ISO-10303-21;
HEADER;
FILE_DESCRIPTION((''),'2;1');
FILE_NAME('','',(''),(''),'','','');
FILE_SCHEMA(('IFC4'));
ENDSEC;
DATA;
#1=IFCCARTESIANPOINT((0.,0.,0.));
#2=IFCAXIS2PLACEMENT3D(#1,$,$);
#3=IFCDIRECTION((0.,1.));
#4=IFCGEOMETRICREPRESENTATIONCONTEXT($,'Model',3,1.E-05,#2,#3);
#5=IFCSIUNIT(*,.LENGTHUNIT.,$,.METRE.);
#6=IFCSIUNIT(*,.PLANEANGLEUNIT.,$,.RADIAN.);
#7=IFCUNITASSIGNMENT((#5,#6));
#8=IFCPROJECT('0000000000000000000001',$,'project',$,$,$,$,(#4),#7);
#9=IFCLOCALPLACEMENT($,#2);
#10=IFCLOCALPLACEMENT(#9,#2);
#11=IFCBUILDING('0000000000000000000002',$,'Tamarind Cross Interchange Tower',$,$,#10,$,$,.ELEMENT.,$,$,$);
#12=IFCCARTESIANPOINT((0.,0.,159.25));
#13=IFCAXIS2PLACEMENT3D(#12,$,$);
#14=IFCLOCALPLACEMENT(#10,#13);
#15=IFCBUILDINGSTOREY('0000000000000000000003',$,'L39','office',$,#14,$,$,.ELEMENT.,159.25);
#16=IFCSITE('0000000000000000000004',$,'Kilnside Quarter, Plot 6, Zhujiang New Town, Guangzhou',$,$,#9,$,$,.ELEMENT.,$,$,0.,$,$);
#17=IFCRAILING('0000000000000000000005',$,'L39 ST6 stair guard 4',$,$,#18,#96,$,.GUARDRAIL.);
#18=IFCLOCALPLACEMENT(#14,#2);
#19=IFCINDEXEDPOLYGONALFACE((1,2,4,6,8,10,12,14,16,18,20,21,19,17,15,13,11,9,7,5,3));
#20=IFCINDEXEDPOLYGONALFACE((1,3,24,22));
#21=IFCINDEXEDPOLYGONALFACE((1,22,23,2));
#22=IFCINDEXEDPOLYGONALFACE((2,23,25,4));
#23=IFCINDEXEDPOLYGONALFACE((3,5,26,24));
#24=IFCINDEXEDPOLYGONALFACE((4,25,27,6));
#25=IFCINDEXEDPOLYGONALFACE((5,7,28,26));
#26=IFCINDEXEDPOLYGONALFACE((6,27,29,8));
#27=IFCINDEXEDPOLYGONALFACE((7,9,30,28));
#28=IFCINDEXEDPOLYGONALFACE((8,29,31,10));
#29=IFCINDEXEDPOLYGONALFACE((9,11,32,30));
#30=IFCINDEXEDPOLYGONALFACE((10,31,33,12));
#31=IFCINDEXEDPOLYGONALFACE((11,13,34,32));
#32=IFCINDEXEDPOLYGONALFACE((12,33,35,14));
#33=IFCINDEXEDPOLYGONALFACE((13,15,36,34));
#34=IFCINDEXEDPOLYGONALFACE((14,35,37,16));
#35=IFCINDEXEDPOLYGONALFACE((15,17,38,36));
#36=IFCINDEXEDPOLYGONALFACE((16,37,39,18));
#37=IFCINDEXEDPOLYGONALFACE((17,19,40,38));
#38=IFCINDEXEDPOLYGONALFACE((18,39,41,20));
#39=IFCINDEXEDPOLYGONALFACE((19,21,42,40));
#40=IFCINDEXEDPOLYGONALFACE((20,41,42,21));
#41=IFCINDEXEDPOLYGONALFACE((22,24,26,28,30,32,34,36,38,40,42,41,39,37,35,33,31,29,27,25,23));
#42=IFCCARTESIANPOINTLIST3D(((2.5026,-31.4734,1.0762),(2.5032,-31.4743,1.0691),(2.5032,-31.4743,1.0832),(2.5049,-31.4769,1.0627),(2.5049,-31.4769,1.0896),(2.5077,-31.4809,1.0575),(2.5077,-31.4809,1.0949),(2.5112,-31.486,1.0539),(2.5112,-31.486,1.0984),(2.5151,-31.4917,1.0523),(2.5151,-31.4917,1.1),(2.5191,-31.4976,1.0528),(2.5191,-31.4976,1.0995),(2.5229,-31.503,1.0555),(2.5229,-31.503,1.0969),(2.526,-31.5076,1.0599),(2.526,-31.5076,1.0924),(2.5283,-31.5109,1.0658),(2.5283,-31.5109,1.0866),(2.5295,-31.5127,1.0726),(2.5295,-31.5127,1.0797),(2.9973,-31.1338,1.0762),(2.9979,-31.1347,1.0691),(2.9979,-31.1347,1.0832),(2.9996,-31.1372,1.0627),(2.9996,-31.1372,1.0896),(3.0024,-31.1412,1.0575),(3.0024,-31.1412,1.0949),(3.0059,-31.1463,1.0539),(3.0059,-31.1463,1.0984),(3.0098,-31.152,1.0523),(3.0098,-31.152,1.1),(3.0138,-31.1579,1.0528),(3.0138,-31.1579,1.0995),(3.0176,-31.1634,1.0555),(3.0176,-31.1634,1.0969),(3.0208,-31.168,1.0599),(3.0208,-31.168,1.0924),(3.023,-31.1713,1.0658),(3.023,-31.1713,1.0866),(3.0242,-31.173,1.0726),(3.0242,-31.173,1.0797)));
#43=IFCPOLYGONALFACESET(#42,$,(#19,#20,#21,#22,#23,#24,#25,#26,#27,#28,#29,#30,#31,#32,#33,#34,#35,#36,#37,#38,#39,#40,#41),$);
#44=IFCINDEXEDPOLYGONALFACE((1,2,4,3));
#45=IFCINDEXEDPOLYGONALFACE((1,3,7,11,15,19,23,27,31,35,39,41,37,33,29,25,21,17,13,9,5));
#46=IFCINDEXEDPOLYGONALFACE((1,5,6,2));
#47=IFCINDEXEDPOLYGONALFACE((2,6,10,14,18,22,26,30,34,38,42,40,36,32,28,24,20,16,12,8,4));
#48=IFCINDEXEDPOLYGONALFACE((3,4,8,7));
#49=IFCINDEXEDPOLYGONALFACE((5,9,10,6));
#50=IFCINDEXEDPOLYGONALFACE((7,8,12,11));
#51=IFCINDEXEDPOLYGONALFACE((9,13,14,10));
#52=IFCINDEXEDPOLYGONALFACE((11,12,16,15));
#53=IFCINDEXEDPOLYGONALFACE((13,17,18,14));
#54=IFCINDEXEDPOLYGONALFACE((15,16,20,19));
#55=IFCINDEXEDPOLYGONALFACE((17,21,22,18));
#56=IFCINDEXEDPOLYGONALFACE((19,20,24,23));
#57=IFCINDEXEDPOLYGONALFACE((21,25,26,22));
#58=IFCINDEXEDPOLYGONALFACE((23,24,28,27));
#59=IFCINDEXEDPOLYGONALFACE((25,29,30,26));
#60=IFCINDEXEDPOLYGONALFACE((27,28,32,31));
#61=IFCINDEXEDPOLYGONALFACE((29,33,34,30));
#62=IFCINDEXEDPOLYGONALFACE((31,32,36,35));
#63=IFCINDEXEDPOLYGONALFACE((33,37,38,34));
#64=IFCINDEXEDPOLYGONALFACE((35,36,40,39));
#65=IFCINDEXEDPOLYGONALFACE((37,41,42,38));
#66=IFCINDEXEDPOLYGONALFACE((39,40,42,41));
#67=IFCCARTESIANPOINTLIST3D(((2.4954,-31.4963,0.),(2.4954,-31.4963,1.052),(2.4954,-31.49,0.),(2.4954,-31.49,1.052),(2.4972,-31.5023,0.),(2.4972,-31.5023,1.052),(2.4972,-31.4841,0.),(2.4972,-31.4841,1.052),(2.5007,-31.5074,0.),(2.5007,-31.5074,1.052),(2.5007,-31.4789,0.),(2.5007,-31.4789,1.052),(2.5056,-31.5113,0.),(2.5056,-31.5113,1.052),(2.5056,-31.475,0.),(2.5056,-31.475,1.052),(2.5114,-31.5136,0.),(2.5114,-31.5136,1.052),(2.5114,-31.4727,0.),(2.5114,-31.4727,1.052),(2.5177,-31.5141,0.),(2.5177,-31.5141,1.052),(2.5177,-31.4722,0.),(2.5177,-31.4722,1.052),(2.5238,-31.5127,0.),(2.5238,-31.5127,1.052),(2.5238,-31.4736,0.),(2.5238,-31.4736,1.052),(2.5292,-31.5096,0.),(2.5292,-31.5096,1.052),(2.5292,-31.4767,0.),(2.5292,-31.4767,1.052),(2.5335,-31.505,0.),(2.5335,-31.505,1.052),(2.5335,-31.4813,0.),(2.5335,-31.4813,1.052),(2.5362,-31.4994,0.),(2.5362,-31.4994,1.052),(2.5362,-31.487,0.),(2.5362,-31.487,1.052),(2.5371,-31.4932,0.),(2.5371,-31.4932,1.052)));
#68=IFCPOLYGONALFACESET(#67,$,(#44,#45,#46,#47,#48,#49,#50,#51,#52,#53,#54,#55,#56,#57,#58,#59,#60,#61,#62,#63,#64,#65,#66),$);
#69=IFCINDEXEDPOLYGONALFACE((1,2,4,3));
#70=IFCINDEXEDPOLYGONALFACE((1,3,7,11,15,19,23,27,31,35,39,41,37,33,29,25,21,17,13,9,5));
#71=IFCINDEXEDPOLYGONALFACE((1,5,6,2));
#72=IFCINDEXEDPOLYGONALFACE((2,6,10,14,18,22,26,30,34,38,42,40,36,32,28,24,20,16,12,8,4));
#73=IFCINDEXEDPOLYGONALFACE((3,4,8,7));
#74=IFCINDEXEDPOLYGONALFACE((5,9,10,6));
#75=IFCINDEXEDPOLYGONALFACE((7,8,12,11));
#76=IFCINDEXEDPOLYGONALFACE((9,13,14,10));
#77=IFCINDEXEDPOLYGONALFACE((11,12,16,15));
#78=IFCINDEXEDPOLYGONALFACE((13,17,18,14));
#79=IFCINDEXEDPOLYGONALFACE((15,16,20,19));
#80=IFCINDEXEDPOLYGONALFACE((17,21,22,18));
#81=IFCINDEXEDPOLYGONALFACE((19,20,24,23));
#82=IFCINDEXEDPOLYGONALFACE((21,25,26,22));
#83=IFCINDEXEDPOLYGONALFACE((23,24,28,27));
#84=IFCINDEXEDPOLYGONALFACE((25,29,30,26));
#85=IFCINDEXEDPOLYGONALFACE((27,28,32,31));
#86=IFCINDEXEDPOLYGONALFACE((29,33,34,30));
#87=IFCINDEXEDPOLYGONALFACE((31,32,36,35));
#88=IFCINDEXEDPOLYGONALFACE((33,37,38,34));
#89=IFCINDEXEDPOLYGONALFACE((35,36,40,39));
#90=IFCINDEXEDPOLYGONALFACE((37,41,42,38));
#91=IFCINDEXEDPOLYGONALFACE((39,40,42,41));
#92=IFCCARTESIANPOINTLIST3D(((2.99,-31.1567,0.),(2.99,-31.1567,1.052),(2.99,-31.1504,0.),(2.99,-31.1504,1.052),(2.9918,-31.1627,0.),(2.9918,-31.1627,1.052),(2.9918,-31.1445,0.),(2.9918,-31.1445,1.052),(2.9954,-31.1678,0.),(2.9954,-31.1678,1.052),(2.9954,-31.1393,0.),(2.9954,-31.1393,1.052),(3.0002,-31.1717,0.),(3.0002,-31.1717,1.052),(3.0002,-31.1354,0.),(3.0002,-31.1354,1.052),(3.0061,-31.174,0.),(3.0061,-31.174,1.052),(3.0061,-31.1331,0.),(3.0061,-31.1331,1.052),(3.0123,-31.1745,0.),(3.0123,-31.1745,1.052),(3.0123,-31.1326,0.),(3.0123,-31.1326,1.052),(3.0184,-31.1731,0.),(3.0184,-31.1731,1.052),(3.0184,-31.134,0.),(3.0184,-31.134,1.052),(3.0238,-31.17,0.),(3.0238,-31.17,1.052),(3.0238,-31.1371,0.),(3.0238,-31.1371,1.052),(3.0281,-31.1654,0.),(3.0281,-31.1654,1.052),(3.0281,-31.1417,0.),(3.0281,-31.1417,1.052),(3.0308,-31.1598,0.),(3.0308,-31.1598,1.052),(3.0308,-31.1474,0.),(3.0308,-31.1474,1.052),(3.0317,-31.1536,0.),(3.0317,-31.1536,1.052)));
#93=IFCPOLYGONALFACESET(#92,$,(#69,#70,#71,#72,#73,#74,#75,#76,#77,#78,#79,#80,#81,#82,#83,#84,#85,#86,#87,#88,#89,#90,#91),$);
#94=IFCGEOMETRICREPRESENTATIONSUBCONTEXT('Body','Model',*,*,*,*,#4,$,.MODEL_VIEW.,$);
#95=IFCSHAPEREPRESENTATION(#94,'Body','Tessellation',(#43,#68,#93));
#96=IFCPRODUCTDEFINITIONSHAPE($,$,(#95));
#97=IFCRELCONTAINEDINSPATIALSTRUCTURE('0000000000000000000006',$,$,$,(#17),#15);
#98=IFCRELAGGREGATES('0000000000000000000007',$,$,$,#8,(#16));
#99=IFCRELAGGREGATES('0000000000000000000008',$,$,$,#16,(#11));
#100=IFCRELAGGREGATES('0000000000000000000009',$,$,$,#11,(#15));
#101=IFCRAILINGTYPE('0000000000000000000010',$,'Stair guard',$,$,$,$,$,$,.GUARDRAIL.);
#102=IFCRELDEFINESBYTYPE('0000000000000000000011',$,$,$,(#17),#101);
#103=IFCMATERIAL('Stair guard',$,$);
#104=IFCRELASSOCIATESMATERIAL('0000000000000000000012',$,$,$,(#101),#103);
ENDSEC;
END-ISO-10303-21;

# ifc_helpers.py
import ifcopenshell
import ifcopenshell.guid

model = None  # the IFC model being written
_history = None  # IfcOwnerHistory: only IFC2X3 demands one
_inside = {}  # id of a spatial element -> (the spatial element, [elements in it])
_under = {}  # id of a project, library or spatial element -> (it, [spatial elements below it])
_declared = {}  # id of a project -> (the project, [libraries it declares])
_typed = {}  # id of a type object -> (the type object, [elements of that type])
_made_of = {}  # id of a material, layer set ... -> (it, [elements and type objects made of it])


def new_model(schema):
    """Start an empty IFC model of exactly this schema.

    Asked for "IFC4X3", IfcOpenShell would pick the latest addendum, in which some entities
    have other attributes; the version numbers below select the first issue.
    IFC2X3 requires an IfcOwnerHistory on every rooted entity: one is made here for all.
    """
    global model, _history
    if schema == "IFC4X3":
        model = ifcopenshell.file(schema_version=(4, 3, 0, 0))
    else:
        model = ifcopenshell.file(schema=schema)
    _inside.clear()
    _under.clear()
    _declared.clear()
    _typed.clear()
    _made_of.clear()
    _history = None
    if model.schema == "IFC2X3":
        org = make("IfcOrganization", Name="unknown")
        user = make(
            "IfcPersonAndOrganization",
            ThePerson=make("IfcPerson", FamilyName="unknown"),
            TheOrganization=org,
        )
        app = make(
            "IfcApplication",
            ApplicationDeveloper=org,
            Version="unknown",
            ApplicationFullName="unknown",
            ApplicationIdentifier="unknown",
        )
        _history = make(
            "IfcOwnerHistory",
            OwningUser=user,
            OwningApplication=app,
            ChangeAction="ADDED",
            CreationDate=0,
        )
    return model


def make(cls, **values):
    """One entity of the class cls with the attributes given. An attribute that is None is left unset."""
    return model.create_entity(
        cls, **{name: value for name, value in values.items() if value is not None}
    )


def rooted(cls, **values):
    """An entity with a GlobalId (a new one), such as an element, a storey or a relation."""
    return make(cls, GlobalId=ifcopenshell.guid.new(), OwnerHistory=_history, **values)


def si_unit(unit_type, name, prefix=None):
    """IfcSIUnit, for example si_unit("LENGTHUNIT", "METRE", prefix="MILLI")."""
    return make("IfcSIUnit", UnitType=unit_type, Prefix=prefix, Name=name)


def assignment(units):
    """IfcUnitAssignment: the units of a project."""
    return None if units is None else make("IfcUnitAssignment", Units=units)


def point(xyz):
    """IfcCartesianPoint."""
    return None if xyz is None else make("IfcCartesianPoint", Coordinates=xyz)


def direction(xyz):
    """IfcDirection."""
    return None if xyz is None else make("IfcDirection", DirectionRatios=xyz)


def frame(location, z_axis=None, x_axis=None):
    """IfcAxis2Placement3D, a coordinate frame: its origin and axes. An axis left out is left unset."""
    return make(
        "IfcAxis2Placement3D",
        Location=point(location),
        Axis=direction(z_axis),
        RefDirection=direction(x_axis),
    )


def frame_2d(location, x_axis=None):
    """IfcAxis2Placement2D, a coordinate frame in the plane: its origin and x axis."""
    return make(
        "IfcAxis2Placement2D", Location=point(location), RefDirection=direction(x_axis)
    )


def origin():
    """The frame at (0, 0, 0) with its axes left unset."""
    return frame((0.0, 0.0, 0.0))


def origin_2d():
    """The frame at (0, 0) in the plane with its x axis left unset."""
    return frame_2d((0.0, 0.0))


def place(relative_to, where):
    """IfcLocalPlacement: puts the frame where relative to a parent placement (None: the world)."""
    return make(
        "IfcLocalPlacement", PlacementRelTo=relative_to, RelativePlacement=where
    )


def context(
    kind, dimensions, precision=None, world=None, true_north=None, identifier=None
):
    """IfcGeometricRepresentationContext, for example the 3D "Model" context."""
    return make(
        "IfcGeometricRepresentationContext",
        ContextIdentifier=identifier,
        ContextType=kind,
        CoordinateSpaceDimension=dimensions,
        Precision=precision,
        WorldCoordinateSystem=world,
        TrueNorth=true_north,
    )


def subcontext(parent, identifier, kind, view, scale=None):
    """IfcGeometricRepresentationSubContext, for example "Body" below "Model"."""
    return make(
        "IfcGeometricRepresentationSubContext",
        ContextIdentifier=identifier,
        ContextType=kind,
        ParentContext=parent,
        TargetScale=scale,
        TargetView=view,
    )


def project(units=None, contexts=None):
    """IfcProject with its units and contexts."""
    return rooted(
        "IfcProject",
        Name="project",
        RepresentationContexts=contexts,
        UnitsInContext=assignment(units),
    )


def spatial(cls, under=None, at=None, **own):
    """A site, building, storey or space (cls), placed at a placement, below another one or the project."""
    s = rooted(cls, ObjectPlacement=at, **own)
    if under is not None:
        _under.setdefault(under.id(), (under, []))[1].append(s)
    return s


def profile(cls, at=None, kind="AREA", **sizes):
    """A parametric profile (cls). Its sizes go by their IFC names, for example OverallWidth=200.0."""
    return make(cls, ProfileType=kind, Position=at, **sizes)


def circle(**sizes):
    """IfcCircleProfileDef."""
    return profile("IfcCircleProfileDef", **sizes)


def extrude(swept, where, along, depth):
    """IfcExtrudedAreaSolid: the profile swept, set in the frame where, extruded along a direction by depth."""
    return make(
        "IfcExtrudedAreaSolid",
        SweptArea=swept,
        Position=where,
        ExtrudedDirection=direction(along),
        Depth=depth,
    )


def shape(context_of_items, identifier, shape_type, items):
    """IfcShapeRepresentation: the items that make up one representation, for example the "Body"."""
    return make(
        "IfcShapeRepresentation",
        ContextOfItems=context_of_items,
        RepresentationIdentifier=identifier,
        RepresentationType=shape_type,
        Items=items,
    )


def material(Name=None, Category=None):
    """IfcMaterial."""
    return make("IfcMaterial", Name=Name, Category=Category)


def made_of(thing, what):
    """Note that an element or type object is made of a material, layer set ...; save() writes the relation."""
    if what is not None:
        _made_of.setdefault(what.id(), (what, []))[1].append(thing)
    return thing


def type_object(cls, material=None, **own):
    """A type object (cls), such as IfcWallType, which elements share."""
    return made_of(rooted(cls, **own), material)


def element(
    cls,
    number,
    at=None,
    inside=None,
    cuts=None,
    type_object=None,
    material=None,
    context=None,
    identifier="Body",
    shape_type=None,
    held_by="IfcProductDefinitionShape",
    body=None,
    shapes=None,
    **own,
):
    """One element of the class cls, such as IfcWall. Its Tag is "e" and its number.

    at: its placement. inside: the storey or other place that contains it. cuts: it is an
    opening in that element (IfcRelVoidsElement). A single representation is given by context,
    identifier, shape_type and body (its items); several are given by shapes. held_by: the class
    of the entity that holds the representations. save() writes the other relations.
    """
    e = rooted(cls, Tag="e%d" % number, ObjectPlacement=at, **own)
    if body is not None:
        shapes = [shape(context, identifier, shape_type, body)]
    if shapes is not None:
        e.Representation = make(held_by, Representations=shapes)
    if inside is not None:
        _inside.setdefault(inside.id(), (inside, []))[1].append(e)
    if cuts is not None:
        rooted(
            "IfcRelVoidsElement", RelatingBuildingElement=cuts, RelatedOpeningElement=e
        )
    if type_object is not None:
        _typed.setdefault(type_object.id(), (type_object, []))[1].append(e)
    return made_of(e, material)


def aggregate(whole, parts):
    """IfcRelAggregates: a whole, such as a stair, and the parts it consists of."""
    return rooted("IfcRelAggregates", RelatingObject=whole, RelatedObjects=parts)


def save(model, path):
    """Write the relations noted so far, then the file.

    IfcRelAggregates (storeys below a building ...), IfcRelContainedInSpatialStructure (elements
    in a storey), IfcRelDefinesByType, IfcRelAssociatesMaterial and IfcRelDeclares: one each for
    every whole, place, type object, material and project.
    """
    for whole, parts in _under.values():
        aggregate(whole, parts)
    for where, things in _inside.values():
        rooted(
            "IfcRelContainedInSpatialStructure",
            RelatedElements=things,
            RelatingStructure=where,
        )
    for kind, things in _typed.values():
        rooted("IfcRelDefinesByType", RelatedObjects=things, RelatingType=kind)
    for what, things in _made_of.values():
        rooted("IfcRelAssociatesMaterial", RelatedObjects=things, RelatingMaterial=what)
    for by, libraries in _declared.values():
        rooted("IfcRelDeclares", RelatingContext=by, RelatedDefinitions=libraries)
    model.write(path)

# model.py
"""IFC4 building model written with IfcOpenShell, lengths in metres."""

from ifc_helpers import new_model, si_unit, direction, frame, origin, origin_2d, place, context, subcontext, project, spatial, circle, extrude, material, type_object, element, save


model = new_model("IFC4")

# Units and contexts
model_context = context("Model", 3, precision=1e-05, world=origin(), true_north=direction((0.0, 1.0)))
body_context = subcontext(model_context, "Body", "Model", "MODEL_VIEW")
ifc_project = project(units=[si_unit("LENGTHUNIT", "METRE"), si_unit("PLANEANGLEUNIT", "RADIAN")], contexts=[model_context])

# Site, building, storey
site_placement = place(None, origin())
site = spatial("IfcSite", under=ifc_project, at=site_placement, Name="Kilnside Quarter, Plot 6, Zhujiang New Town, Guangzhou", CompositionType="ELEMENT", RefElevation=0.0)
building_placement = place(site_placement, origin())
building = spatial("IfcBuilding", under=site, at=building_placement, Name="Tamarind Cross Interchange Tower", CompositionType="ELEMENT")
storey_placement = place(building_placement, frame((0.0, 0.0, 159.25)))
storey = spatial("IfcBuildingStorey", under=building, at=storey_placement, Name="L39", Description="office", CompositionType="ELEMENT", Elevation=159.25)

# Railing
ifc_material_1 = material(Name="Stair guard")
railing_type = type_object("IfcRailingType", Name="Stair guard", PredefinedType="GUARDRAIL", material=ifc_material_1)
railing_1_placement = place(storey_placement, frame((2.5161, -31.4932, 0.0)))
element("IfcRailing", 1, at=railing_1_placement, inside=storey, type_object=railing_type, Name="L39 ST6 stair guard 4", PredefinedType="GUARDRAIL", context=body_context, shape_type="SweptSolid", body=[
    extrude(circle(Radius=0.0239, at=origin_2d()), frame((0.0, 0.0, 1.0762), z_axis=(0.824398, 0.566011, 0.0), x_axis=(-0.566011, 0.824398, 0.0)), (0.0, 0.0, 1.0), 0.6001),
    extrude(circle(Radius=0.021, at=origin_2d()), origin(), (0.0, 0.0, 1.0), 1.052),
    extrude(circle(Radius=0.021, at=origin_2d()), frame((0.4946, 0.3396, 0.0)), (0.0, 0.0, 1.0), 1.052),
])

save(model, "model.ifc")
